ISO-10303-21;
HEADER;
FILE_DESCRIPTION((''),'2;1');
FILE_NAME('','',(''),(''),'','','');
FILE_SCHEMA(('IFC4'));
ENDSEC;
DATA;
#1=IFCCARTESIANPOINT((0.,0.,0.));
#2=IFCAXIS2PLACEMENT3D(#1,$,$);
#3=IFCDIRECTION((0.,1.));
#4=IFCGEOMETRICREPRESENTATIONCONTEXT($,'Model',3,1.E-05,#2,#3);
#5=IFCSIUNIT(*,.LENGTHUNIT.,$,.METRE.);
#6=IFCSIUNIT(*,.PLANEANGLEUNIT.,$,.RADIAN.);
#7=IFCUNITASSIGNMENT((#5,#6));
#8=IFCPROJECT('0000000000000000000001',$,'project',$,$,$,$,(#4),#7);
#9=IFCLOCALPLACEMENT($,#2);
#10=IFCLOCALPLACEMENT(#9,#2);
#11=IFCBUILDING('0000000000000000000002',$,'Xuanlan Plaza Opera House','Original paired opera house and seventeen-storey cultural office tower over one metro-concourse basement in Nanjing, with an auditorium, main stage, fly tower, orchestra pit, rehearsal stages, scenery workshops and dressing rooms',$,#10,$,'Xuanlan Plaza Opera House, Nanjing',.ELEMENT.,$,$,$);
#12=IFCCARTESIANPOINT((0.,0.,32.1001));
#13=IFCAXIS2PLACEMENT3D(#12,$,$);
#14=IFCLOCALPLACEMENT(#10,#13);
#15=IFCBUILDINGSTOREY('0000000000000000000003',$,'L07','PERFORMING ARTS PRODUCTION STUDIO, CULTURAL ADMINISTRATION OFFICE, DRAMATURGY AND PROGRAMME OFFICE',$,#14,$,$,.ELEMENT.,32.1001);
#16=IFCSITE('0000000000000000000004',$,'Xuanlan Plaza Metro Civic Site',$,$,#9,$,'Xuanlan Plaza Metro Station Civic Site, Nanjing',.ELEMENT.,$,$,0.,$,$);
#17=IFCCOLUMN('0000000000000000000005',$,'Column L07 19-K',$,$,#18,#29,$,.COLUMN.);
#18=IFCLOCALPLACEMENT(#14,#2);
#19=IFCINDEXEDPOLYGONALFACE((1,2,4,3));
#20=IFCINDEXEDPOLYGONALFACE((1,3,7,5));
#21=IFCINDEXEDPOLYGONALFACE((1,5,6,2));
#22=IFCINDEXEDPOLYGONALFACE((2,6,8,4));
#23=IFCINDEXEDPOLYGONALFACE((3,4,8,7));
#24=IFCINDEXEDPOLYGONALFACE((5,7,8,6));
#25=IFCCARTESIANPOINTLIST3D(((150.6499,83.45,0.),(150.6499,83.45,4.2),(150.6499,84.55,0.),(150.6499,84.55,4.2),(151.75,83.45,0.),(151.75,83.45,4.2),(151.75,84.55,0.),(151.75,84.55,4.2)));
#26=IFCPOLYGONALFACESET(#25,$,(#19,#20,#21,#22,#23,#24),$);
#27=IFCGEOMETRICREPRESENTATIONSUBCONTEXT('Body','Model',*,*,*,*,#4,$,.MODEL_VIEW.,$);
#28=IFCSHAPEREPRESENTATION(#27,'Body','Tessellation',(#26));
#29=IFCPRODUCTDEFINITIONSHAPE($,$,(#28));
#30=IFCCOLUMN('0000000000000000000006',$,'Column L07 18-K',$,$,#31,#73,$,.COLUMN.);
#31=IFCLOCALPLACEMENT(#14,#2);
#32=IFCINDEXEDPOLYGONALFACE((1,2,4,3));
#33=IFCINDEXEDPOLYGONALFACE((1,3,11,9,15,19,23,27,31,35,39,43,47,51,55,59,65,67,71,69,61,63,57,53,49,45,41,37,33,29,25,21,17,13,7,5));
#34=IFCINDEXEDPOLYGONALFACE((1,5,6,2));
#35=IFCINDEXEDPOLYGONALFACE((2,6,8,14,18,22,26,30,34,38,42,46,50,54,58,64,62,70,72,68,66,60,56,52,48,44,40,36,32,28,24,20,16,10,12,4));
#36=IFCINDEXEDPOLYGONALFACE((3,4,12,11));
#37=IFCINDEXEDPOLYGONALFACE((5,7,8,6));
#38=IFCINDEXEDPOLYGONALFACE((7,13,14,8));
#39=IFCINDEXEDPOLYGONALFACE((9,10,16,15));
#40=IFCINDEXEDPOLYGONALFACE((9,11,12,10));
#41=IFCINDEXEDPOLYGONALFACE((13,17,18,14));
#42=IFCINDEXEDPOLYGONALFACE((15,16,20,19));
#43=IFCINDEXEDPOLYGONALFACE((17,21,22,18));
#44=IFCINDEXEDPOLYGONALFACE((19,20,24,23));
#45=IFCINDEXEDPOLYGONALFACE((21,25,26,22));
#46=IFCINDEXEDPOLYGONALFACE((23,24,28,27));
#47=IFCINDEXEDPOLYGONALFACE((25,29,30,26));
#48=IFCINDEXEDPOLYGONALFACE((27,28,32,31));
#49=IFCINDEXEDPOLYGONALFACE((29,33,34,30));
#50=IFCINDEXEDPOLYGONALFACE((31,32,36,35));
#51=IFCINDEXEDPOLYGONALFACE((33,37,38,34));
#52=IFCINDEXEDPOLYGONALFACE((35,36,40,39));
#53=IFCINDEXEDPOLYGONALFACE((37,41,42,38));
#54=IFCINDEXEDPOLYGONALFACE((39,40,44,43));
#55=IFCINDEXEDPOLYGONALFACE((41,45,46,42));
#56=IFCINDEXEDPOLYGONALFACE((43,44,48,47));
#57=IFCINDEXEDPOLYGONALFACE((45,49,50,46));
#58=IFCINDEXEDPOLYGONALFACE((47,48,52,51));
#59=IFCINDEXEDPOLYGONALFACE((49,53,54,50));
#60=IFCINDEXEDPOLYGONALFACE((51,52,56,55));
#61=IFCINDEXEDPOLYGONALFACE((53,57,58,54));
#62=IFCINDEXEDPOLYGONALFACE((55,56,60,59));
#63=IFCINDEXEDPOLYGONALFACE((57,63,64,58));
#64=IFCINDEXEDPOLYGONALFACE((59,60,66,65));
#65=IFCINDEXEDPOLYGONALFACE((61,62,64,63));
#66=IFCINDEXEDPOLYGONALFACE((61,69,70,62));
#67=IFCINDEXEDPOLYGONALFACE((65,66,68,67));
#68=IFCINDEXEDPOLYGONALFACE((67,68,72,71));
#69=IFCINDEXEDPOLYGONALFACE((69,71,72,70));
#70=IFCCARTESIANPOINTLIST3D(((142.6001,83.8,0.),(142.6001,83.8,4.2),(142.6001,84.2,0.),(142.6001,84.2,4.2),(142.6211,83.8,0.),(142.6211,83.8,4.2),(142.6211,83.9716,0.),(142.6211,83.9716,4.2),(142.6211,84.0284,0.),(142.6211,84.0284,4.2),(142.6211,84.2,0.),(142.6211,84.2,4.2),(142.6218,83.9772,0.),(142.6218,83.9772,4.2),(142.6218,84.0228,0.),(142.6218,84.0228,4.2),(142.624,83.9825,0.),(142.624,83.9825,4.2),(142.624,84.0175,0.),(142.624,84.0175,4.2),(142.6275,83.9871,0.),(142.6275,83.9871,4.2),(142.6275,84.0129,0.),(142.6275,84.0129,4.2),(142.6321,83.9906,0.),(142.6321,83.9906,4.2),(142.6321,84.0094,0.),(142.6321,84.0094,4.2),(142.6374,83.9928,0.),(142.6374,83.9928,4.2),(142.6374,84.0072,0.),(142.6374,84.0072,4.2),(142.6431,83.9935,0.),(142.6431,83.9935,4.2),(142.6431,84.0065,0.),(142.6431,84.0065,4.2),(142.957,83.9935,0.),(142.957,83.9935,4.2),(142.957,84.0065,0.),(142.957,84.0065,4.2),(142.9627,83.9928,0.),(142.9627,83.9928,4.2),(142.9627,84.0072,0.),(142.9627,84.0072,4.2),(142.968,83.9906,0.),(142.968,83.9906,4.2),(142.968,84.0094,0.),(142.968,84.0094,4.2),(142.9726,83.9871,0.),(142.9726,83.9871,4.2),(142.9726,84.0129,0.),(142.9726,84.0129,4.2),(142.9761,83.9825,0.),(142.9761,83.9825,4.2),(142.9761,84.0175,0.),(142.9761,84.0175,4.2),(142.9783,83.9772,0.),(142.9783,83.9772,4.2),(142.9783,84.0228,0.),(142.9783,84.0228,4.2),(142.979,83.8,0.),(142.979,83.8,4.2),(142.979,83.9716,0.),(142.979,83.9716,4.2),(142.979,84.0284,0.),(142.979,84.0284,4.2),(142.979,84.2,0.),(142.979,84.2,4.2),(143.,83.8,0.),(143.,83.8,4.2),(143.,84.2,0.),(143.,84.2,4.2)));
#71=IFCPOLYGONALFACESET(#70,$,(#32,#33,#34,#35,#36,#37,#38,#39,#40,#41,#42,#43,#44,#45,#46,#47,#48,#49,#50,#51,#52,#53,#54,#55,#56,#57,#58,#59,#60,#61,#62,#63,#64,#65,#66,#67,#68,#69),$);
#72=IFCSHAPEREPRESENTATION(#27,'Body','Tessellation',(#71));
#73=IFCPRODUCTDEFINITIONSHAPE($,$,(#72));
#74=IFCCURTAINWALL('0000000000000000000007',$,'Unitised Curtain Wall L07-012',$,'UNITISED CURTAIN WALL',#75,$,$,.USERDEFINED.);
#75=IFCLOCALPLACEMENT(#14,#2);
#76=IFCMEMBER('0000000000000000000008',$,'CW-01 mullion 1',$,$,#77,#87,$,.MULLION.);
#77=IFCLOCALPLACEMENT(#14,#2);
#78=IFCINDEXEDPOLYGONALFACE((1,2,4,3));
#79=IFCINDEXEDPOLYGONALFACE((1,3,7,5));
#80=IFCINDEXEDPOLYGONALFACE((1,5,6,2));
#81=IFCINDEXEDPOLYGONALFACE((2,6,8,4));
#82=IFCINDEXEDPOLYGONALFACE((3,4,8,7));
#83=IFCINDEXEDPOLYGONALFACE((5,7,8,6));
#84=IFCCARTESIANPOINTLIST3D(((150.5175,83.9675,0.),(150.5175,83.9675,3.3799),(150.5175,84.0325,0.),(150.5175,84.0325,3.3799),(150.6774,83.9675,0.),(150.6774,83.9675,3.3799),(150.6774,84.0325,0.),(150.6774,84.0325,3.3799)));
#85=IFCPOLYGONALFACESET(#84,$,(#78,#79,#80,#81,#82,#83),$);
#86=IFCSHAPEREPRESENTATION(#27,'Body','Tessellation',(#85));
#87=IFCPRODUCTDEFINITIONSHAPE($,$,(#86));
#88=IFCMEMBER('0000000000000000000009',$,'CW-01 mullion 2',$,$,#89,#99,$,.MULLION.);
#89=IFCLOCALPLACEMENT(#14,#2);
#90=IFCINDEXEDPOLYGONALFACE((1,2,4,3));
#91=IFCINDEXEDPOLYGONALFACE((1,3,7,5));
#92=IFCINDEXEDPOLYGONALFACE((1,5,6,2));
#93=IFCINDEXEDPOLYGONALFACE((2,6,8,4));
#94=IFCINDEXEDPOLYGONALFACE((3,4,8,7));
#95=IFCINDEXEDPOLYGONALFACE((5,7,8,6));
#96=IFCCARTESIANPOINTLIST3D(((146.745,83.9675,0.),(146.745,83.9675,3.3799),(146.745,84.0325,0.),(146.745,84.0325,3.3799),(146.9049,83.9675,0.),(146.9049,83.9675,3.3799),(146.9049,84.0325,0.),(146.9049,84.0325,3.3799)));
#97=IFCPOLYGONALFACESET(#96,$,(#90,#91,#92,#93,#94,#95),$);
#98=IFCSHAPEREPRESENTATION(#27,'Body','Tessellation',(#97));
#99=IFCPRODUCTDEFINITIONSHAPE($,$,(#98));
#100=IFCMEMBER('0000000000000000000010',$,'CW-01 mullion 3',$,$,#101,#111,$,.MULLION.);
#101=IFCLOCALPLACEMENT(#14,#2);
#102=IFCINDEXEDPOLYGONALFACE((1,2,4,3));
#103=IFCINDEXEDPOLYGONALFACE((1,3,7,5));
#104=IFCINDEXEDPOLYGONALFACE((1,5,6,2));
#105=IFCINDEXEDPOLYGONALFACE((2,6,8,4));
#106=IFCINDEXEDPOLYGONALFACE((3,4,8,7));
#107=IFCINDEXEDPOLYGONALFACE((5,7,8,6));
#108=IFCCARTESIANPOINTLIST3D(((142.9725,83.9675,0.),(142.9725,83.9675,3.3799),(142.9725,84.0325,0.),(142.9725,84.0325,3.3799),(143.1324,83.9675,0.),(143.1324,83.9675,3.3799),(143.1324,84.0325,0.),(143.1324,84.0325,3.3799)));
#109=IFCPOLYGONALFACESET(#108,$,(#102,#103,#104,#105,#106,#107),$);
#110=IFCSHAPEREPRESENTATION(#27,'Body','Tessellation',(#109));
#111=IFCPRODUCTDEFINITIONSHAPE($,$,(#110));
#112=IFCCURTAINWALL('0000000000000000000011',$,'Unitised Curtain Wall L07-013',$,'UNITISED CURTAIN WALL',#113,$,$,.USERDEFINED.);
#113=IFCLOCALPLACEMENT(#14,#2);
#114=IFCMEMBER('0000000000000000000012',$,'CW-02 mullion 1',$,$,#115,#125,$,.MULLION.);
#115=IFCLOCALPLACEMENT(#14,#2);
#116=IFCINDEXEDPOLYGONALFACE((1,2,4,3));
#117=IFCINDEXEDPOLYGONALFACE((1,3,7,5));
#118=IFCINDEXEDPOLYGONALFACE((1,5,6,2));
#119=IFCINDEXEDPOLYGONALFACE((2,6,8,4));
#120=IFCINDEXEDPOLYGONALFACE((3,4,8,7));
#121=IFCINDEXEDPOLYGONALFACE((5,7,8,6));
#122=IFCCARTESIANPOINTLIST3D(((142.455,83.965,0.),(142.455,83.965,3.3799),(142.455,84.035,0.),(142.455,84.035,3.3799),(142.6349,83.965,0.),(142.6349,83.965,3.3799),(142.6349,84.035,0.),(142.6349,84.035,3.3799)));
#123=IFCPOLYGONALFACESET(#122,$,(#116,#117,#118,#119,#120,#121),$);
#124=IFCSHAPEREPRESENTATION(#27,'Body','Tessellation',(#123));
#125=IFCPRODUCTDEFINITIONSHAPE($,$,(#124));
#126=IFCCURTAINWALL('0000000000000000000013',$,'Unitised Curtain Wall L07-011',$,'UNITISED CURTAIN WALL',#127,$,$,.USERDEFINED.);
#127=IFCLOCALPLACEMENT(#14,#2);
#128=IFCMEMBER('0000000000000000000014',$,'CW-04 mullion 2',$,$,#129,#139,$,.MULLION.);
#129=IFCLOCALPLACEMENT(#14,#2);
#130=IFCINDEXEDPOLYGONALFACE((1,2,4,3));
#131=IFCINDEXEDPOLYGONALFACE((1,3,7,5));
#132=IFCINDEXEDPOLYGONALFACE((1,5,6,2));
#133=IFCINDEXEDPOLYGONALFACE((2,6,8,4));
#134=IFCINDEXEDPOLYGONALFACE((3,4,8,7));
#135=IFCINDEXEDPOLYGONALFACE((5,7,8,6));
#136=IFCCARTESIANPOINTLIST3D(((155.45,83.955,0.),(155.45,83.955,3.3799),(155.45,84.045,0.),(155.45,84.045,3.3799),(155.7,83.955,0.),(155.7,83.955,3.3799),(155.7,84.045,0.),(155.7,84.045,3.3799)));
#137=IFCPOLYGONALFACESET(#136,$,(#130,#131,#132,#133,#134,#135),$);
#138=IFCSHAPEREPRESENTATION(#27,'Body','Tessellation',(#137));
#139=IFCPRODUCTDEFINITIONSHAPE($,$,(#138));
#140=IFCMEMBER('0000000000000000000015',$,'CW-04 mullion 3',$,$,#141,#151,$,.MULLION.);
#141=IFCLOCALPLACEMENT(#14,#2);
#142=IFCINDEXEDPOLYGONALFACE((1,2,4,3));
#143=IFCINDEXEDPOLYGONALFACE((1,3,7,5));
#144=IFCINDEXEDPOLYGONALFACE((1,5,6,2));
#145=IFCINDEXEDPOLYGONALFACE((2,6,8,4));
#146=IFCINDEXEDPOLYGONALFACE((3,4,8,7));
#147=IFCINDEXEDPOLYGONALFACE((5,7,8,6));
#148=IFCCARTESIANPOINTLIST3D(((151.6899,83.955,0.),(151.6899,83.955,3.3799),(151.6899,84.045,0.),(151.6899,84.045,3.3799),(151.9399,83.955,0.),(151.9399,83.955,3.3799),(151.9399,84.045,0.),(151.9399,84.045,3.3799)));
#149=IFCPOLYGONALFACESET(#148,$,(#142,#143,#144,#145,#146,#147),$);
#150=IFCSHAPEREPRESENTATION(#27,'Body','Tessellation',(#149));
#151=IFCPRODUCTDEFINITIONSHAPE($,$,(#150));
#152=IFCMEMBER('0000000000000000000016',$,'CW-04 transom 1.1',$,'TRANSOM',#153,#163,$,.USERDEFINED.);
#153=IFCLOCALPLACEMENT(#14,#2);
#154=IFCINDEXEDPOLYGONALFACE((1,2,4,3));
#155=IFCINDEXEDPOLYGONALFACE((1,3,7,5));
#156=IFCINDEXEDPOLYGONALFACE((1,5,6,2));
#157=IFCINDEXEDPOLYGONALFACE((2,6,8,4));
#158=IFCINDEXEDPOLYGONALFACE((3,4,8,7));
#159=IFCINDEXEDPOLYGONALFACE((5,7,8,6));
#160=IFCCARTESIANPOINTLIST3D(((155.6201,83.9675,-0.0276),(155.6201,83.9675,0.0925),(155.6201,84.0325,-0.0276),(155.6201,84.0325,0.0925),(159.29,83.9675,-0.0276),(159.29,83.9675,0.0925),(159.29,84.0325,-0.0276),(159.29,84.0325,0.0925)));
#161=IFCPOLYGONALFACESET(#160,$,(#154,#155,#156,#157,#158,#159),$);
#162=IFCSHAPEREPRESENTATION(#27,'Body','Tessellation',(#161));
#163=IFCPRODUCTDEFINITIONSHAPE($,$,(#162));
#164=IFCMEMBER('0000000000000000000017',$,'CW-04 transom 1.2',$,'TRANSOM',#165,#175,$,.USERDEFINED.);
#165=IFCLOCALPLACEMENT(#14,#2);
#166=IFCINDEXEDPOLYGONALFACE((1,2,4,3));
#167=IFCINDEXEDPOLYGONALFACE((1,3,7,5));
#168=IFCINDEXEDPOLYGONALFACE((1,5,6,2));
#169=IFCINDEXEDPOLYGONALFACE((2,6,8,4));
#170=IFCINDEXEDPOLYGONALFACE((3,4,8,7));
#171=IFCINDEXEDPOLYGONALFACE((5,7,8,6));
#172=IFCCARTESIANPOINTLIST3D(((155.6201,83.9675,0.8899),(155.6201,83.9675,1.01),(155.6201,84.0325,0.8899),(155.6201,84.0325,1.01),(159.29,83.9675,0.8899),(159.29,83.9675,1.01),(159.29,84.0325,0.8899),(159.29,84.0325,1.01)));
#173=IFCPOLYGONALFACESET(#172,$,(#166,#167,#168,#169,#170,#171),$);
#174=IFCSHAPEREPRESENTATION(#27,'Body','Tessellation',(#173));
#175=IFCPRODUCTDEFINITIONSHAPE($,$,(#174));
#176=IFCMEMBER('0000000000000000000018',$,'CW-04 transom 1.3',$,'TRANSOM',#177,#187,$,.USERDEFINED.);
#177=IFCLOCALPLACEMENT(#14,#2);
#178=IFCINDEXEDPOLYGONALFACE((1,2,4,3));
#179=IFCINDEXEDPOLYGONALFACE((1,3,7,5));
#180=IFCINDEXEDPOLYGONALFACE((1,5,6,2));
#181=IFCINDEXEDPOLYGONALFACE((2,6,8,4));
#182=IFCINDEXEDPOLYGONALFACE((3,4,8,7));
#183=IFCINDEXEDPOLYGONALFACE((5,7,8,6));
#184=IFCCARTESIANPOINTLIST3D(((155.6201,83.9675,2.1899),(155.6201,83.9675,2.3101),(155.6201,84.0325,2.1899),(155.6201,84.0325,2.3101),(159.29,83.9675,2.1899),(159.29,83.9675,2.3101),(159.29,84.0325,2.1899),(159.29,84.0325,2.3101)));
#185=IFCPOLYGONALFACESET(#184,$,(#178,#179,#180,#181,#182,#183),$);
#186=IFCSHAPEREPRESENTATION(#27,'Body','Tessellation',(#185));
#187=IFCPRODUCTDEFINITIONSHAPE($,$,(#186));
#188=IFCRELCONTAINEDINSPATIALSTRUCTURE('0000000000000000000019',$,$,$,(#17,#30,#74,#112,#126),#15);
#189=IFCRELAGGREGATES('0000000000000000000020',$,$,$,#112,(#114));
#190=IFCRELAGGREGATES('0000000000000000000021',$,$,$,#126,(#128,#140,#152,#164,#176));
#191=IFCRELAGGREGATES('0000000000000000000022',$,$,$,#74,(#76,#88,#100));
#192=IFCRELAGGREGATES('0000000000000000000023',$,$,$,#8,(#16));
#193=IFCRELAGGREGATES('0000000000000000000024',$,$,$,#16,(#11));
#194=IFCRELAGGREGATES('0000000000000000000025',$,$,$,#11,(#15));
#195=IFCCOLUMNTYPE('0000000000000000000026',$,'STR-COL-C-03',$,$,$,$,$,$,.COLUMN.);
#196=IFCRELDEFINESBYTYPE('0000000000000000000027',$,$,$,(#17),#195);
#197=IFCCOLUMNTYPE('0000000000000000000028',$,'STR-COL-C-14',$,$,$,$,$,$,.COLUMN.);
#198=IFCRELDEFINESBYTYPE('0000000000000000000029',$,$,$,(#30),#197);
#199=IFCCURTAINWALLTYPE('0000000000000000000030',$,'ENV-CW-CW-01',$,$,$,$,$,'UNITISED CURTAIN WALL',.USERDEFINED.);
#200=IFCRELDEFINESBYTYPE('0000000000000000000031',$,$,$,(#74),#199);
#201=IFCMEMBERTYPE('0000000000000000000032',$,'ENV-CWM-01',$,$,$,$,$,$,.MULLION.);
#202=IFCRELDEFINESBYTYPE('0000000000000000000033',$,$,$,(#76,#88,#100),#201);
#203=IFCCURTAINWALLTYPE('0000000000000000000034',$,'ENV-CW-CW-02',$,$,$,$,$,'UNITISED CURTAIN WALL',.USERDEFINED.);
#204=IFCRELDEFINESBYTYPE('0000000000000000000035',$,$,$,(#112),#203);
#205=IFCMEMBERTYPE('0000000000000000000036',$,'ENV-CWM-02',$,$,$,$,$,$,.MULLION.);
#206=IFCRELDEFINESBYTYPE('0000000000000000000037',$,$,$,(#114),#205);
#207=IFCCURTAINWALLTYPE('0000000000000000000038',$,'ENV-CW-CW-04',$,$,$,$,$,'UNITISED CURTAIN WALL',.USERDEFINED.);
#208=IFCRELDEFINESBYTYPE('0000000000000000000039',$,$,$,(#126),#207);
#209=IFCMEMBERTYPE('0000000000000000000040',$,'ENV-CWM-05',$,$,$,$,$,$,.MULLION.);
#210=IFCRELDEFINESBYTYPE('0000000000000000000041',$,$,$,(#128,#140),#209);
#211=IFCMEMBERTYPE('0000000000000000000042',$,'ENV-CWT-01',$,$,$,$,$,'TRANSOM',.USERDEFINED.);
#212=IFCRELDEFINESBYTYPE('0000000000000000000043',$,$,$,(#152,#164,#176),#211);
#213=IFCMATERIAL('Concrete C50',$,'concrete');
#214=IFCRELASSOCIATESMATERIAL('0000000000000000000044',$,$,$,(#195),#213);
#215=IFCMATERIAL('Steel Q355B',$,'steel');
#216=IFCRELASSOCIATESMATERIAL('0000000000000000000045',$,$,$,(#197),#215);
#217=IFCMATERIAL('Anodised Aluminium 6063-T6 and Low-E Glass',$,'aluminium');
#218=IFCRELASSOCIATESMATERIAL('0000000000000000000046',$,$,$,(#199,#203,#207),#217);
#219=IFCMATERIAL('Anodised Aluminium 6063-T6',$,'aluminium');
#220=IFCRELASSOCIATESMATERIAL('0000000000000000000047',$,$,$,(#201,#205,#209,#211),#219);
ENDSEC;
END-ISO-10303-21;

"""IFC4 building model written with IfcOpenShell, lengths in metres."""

from ifc_helpers import new_model, si_unit, direction, frame, origin, origin_2d, place, context, subcontext, project, spatial, rectangle, i_section, extrude, material, material_profile, profile_set, type_object, element, aggregate, save


model = new_model("IFC4")

# Units and contexts
model_context = context("Model", 3, precision=1e-05, world=origin(), true_north=direction((0.0, 1.0)))
body_context = subcontext(model_context, "Body", "Model", "MODEL_VIEW")
ifc_project = project(units=[si_unit("LENGTHUNIT", "METRE"), si_unit("PLANEANGLEUNIT", "RADIAN")], contexts=[model_context])

# Site, building, storey
site_placement = place(None, origin())
site = spatial("IfcSite", under=ifc_project, at=site_placement, Name="Xuanlan Plaza Metro Civic Site", LongName="Xuanlan Plaza Metro Station Civic Site, Nanjing", CompositionType="ELEMENT", RefElevation=0.0)
building_placement = place(site_placement, origin())
building = spatial("IfcBuilding", under=site, at=building_placement, Name="Xuanlan Plaza Opera House", Description="Original paired opera house and seventeen-storey cultural office tower over one metro-concourse basement in Nanjing, with an auditorium, main stage, fly tower, orchestra pit, rehearsal stages, scenery workshops and dressing rooms", LongName="Xuanlan Plaza Opera House, Nanjing", CompositionType="ELEMENT")
storey_placement = place(building_placement, frame((0.0, 0.0, 32.1001)))
storey = spatial("IfcBuildingStorey", under=building, at=storey_placement, Name="L07", Description="PERFORMING ARTS PRODUCTION STUDIO, CULTURAL ADMINISTRATION OFFICE, DRAMATURGY AND PROGRAMME OFFICE", CompositionType="ELEMENT", Elevation=32.1001)

# Columns
ifc_material_1 = material(Name="Concrete C50", Category="concrete")
ifc_material_profile_1 = material_profile(ifc_material_1, rectangle(XDim=1.1001, YDim=1.1001, at=origin_2d()), Name="RC-COL 1100x1100")
ifc_profile_set_1 = profile_set([ifc_material_profile_1], Name="Concrete C50")
column_type_1 = type_object("IfcColumnType", Name="STR-COL-C-03", PredefinedType="COLUMN", material=ifc_profile_set_1)
column_1_placement = place(storey_placement, frame((151.2, 84.0, 0.0), z_axis=(0.0, 0.0, 1.0), x_axis=(1.0, 0.0, 0.0)))
element("IfcColumn", 1, at=column_1_placement, inside=storey, type_object=column_type_1, Name="Column L07 19-K", PredefinedType="COLUMN", context=body_context, shape_type="SweptSolid", body=[
    extrude(rectangle(XDim=1.1001, YDim=1.1001, at=origin_2d()), origin(), (0.0, 0.0, 1.0), 4.2),
])
ifc_material_2 = material(Name="Steel Q355B", Category="steel")
ifc_material_profile_2 = material_profile(ifc_material_2, i_section(OverallWidth=0.3999, OverallDepth=0.3999, WebThickness=0.0129, FlangeThickness=0.021, FilletRadius=0.022, at=origin_2d()), Name="HW 400x400x13x21")
ifc_profile_set_2 = profile_set([ifc_material_profile_2], Name="Steel Q355B")
column_type_2 = type_object("IfcColumnType", Name="STR-COL-C-14", PredefinedType="COLUMN", material=ifc_profile_set_2)
column_2_placement = place(storey_placement, frame((142.8, 84.0, 0.0), z_axis=(0.0, 0.0, 1.0), x_axis=(0.0, 1.0, 0.0)))
element("IfcColumn", 2, at=column_2_placement, inside=storey, type_object=column_type_2, Name="Column L07 18-K", PredefinedType="COLUMN", context=body_context, shape_type="SweptSolid", body=[
    extrude(i_section(OverallWidth=0.3999, OverallDepth=0.3999, WebThickness=0.0129, FlangeThickness=0.021, FilletRadius=0.022, at=origin_2d()), origin(), (0.0, 0.0, 1.0), 4.2),
])

# Curtain wall, members
ifc_material_3 = material(Name="Anodised Aluminium 6063-T6 and Low-E Glass", Category="aluminium")
curtain_wall_type_1 = type_object("IfcCurtainWallType", Name="ENV-CW-CW-01", ElementType="UNITISED CURTAIN WALL", PredefinedType="USERDEFINED", material=ifc_material_3)
curtain_wall_1_placement = place(storey_placement, origin())
curtain_wall_1 = element("IfcCurtainWall", 3, at=curtain_wall_1_placement, inside=storey, type_object=curtain_wall_type_1, Name="Unitised Curtain Wall L07-012", ObjectType="UNITISED CURTAIN WALL", PredefinedType="USERDEFINED")
ifc_material_4 = material(Name="Anodised Aluminium 6063-T6", Category="aluminium")
ifc_material_profile_3 = material_profile(ifc_material_4, rectangle(XDim=0.0649, YDim=0.1599, at=origin_2d()), Name="ALU-M 65x160")
ifc_profile_set_3 = profile_set([ifc_material_profile_3], Name="Anodised Aluminium 6063-T6")
member_type_1 = type_object("IfcMemberType", Name="ENV-CWM-01", PredefinedType="MULLION", material=ifc_profile_set_3)
member_1_placement = place(storey_placement, frame((150.5974, 84.0, 0.0), z_axis=(0.0, 0.0, 1.0), x_axis=(0.0, -1.0, 0.0)))
member_1 = element("IfcMember", 4, at=member_1_placement, type_object=member_type_1, Name="CW-01 mullion 1", PredefinedType="MULLION", context=body_context, shape_type="SweptSolid", body=[
    extrude(rectangle(XDim=0.0649, YDim=0.1599, at=origin_2d()), origin(), (0.0, 0.0, 1.0), 3.3799),
])
member_2_placement = place(storey_placement, frame((146.825, 84.0, 0.0), z_axis=(0.0, 0.0, 1.0), x_axis=(0.0, -1.0, 0.0)))
member_2 = element("IfcMember", 5, at=member_2_placement, type_object=member_type_1, Name="CW-01 mullion 2", PredefinedType="MULLION", context=body_context, shape_type="SweptSolid", body=[
    extrude(rectangle(XDim=0.0649, YDim=0.1599, at=origin_2d()), origin(), (0.0, 0.0, 1.0), 3.3799),
])
member_3_placement = place(storey_placement, frame((143.0525, 84.0, 0.0), z_axis=(0.0, 0.0, 1.0), x_axis=(0.0, -1.0, 0.0)))
member_3 = element("IfcMember", 6, at=member_3_placement, type_object=member_type_1, Name="CW-01 mullion 3", PredefinedType="MULLION", context=body_context, shape_type="SweptSolid", body=[
    extrude(rectangle(XDim=0.0649, YDim=0.1599, at=origin_2d()), origin(), (0.0, 0.0, 1.0), 3.3799),
])

# Curtain wall, member
curtain_wall_type_2 = type_object("IfcCurtainWallType", Name="ENV-CW-CW-02", ElementType="UNITISED CURTAIN WALL", PredefinedType="USERDEFINED", material=ifc_material_3)
curtain_wall_2_placement = place(storey_placement, origin())
curtain_wall_2 = element("IfcCurtainWall", 7, at=curtain_wall_2_placement, inside=storey, type_object=curtain_wall_type_2, Name="Unitised Curtain Wall L07-013", ObjectType="UNITISED CURTAIN WALL", PredefinedType="USERDEFINED")
ifc_material_profile_4 = material_profile(ifc_material_4, rectangle(XDim=0.0701, YDim=0.1799, at=origin_2d()), Name="ALU-M 70x180")
ifc_profile_set_4 = profile_set([ifc_material_profile_4], Name="Anodised Aluminium 6063-T6")
member_type_2 = type_object("IfcMemberType", Name="ENV-CWM-02", PredefinedType="MULLION", material=ifc_profile_set_4)
member_4_placement = place(storey_placement, frame((142.5449, 84.0, 0.0), z_axis=(0.0, 0.0, 1.0), x_axis=(0.0, -1.0, 0.0)))
member_4 = element("IfcMember", 8, at=member_4_placement, type_object=member_type_2, Name="CW-02 mullion 1", PredefinedType="MULLION", context=body_context, shape_type="SweptSolid", body=[
    extrude(rectangle(XDim=0.0701, YDim=0.1799, at=origin_2d()), origin(), (0.0, 0.0, 1.0), 3.3799),
])
aggregate(curtain_wall_2, [member_4])

# Curtain wall, members
curtain_wall_type_3 = type_object("IfcCurtainWallType", Name="ENV-CW-CW-04", ElementType="UNITISED CURTAIN WALL", PredefinedType="USERDEFINED", material=ifc_material_3)
curtain_wall_3_placement = place(storey_placement, origin())
curtain_wall_3 = element("IfcCurtainWall", 9, at=curtain_wall_3_placement, inside=storey, type_object=curtain_wall_type_3, Name="Unitised Curtain Wall L07-011", ObjectType="UNITISED CURTAIN WALL", PredefinedType="USERDEFINED")
ifc_material_profile_5 = material_profile(ifc_material_4, rectangle(XDim=0.0901, YDim=0.25, at=origin_2d()), Name="ALU-M 90x250")
ifc_profile_set_5 = profile_set([ifc_material_profile_5], Name="Anodised Aluminium 6063-T6")
member_type_3 = type_object("IfcMemberType", Name="ENV-CWM-05", PredefinedType="MULLION", material=ifc_profile_set_5)
member_5_placement = place(storey_placement, frame((155.575, 84.0, 0.0), z_axis=(0.0, 0.0, 1.0), x_axis=(0.0, -1.0, 0.0)))
member_5 = element("IfcMember", 10, at=member_5_placement, type_object=member_type_3, Name="CW-04 mullion 2", PredefinedType="MULLION", context=body_context, shape_type="SweptSolid", body=[
    extrude(rectangle(XDim=0.0901, YDim=0.25, at=origin_2d()), origin(), (0.0, 0.0, 1.0), 3.3799),
])
member_6_placement = place(storey_placement, frame((151.8149, 84.0, 0.0), z_axis=(0.0, 0.0, 1.0), x_axis=(0.0, -1.0, 0.0)))
member_6 = element("IfcMember", 11, at=member_6_placement, type_object=member_type_3, Name="CW-04 mullion 3", PredefinedType="MULLION", context=body_context, shape_type="SweptSolid", body=[
    extrude(rectangle(XDim=0.0901, YDim=0.25, at=origin_2d()), origin(), (0.0, 0.0, 1.0), 3.3799),
])
ifc_material_profile_6 = material_profile(ifc_material_4, rectangle(XDim=0.0649, YDim=0.1201, at=origin_2d()), Name="ALU-T 65x120")
ifc_profile_set_6 = profile_set([ifc_material_profile_6], Name="Anodised Aluminium 6063-T6")
member_type_4 = type_object("IfcMemberType", Name="ENV-CWT-01", ElementType="TRANSOM", PredefinedType="USERDEFINED", material=ifc_profile_set_6)
member_7_placement = place(storey_placement, frame((159.29, 84.0, 0.0325), z_axis=(-1.0, 0.0, 0.0), x_axis=(0.0, -1.0, 0.0)))
member_7 = element("IfcMember", 12, at=member_7_placement, type_object=member_type_4, Name="CW-04 transom 1.1", ObjectType="TRANSOM", PredefinedType="USERDEFINED", context=body_context, shape_type="SweptSolid", body=[
    extrude(rectangle(XDim=0.0649, YDim=0.1201, at=origin_2d()), origin(), (0.0, 0.0, 1.0), 3.6699),
])
member_8_placement = place(storey_placement, frame((159.29, 84.0, 0.95), z_axis=(-1.0, 0.0, 0.0), x_axis=(0.0, -1.0, 0.0)))
member_8 = element("IfcMember", 13, at=member_8_placement, type_object=member_type_4, Name="CW-04 transom 1.2", ObjectType="TRANSOM", PredefinedType="USERDEFINED", context=body_context, shape_type="SweptSolid", body=[
    extrude(rectangle(XDim=0.0649, YDim=0.1201, at=origin_2d()), origin(), (0.0, 0.0, 1.0), 3.6699),
])
member_9_placement = place(storey_placement, frame((159.29, 84.0, 2.25), z_axis=(-1.0, 0.0, 0.0), x_axis=(0.0, -1.0, 0.0)))
member_9 = element("IfcMember", 14, at=member_9_placement, type_object=member_type_4, Name="CW-04 transom 1.3", ObjectType="TRANSOM", PredefinedType="USERDEFINED", context=body_context, shape_type="SweptSolid", body=[
    extrude(rectangle(XDim=0.0649, YDim=0.1201, at=origin_2d()), origin(), (0.0, 0.0, 1.0), 3.6699),
])

aggregate(curtain_wall_3, [member_5, member_6, member_7, member_8, member_9])
aggregate(curtain_wall_1, [member_1, member_2, member_3])

save(model, "model.ifc")
